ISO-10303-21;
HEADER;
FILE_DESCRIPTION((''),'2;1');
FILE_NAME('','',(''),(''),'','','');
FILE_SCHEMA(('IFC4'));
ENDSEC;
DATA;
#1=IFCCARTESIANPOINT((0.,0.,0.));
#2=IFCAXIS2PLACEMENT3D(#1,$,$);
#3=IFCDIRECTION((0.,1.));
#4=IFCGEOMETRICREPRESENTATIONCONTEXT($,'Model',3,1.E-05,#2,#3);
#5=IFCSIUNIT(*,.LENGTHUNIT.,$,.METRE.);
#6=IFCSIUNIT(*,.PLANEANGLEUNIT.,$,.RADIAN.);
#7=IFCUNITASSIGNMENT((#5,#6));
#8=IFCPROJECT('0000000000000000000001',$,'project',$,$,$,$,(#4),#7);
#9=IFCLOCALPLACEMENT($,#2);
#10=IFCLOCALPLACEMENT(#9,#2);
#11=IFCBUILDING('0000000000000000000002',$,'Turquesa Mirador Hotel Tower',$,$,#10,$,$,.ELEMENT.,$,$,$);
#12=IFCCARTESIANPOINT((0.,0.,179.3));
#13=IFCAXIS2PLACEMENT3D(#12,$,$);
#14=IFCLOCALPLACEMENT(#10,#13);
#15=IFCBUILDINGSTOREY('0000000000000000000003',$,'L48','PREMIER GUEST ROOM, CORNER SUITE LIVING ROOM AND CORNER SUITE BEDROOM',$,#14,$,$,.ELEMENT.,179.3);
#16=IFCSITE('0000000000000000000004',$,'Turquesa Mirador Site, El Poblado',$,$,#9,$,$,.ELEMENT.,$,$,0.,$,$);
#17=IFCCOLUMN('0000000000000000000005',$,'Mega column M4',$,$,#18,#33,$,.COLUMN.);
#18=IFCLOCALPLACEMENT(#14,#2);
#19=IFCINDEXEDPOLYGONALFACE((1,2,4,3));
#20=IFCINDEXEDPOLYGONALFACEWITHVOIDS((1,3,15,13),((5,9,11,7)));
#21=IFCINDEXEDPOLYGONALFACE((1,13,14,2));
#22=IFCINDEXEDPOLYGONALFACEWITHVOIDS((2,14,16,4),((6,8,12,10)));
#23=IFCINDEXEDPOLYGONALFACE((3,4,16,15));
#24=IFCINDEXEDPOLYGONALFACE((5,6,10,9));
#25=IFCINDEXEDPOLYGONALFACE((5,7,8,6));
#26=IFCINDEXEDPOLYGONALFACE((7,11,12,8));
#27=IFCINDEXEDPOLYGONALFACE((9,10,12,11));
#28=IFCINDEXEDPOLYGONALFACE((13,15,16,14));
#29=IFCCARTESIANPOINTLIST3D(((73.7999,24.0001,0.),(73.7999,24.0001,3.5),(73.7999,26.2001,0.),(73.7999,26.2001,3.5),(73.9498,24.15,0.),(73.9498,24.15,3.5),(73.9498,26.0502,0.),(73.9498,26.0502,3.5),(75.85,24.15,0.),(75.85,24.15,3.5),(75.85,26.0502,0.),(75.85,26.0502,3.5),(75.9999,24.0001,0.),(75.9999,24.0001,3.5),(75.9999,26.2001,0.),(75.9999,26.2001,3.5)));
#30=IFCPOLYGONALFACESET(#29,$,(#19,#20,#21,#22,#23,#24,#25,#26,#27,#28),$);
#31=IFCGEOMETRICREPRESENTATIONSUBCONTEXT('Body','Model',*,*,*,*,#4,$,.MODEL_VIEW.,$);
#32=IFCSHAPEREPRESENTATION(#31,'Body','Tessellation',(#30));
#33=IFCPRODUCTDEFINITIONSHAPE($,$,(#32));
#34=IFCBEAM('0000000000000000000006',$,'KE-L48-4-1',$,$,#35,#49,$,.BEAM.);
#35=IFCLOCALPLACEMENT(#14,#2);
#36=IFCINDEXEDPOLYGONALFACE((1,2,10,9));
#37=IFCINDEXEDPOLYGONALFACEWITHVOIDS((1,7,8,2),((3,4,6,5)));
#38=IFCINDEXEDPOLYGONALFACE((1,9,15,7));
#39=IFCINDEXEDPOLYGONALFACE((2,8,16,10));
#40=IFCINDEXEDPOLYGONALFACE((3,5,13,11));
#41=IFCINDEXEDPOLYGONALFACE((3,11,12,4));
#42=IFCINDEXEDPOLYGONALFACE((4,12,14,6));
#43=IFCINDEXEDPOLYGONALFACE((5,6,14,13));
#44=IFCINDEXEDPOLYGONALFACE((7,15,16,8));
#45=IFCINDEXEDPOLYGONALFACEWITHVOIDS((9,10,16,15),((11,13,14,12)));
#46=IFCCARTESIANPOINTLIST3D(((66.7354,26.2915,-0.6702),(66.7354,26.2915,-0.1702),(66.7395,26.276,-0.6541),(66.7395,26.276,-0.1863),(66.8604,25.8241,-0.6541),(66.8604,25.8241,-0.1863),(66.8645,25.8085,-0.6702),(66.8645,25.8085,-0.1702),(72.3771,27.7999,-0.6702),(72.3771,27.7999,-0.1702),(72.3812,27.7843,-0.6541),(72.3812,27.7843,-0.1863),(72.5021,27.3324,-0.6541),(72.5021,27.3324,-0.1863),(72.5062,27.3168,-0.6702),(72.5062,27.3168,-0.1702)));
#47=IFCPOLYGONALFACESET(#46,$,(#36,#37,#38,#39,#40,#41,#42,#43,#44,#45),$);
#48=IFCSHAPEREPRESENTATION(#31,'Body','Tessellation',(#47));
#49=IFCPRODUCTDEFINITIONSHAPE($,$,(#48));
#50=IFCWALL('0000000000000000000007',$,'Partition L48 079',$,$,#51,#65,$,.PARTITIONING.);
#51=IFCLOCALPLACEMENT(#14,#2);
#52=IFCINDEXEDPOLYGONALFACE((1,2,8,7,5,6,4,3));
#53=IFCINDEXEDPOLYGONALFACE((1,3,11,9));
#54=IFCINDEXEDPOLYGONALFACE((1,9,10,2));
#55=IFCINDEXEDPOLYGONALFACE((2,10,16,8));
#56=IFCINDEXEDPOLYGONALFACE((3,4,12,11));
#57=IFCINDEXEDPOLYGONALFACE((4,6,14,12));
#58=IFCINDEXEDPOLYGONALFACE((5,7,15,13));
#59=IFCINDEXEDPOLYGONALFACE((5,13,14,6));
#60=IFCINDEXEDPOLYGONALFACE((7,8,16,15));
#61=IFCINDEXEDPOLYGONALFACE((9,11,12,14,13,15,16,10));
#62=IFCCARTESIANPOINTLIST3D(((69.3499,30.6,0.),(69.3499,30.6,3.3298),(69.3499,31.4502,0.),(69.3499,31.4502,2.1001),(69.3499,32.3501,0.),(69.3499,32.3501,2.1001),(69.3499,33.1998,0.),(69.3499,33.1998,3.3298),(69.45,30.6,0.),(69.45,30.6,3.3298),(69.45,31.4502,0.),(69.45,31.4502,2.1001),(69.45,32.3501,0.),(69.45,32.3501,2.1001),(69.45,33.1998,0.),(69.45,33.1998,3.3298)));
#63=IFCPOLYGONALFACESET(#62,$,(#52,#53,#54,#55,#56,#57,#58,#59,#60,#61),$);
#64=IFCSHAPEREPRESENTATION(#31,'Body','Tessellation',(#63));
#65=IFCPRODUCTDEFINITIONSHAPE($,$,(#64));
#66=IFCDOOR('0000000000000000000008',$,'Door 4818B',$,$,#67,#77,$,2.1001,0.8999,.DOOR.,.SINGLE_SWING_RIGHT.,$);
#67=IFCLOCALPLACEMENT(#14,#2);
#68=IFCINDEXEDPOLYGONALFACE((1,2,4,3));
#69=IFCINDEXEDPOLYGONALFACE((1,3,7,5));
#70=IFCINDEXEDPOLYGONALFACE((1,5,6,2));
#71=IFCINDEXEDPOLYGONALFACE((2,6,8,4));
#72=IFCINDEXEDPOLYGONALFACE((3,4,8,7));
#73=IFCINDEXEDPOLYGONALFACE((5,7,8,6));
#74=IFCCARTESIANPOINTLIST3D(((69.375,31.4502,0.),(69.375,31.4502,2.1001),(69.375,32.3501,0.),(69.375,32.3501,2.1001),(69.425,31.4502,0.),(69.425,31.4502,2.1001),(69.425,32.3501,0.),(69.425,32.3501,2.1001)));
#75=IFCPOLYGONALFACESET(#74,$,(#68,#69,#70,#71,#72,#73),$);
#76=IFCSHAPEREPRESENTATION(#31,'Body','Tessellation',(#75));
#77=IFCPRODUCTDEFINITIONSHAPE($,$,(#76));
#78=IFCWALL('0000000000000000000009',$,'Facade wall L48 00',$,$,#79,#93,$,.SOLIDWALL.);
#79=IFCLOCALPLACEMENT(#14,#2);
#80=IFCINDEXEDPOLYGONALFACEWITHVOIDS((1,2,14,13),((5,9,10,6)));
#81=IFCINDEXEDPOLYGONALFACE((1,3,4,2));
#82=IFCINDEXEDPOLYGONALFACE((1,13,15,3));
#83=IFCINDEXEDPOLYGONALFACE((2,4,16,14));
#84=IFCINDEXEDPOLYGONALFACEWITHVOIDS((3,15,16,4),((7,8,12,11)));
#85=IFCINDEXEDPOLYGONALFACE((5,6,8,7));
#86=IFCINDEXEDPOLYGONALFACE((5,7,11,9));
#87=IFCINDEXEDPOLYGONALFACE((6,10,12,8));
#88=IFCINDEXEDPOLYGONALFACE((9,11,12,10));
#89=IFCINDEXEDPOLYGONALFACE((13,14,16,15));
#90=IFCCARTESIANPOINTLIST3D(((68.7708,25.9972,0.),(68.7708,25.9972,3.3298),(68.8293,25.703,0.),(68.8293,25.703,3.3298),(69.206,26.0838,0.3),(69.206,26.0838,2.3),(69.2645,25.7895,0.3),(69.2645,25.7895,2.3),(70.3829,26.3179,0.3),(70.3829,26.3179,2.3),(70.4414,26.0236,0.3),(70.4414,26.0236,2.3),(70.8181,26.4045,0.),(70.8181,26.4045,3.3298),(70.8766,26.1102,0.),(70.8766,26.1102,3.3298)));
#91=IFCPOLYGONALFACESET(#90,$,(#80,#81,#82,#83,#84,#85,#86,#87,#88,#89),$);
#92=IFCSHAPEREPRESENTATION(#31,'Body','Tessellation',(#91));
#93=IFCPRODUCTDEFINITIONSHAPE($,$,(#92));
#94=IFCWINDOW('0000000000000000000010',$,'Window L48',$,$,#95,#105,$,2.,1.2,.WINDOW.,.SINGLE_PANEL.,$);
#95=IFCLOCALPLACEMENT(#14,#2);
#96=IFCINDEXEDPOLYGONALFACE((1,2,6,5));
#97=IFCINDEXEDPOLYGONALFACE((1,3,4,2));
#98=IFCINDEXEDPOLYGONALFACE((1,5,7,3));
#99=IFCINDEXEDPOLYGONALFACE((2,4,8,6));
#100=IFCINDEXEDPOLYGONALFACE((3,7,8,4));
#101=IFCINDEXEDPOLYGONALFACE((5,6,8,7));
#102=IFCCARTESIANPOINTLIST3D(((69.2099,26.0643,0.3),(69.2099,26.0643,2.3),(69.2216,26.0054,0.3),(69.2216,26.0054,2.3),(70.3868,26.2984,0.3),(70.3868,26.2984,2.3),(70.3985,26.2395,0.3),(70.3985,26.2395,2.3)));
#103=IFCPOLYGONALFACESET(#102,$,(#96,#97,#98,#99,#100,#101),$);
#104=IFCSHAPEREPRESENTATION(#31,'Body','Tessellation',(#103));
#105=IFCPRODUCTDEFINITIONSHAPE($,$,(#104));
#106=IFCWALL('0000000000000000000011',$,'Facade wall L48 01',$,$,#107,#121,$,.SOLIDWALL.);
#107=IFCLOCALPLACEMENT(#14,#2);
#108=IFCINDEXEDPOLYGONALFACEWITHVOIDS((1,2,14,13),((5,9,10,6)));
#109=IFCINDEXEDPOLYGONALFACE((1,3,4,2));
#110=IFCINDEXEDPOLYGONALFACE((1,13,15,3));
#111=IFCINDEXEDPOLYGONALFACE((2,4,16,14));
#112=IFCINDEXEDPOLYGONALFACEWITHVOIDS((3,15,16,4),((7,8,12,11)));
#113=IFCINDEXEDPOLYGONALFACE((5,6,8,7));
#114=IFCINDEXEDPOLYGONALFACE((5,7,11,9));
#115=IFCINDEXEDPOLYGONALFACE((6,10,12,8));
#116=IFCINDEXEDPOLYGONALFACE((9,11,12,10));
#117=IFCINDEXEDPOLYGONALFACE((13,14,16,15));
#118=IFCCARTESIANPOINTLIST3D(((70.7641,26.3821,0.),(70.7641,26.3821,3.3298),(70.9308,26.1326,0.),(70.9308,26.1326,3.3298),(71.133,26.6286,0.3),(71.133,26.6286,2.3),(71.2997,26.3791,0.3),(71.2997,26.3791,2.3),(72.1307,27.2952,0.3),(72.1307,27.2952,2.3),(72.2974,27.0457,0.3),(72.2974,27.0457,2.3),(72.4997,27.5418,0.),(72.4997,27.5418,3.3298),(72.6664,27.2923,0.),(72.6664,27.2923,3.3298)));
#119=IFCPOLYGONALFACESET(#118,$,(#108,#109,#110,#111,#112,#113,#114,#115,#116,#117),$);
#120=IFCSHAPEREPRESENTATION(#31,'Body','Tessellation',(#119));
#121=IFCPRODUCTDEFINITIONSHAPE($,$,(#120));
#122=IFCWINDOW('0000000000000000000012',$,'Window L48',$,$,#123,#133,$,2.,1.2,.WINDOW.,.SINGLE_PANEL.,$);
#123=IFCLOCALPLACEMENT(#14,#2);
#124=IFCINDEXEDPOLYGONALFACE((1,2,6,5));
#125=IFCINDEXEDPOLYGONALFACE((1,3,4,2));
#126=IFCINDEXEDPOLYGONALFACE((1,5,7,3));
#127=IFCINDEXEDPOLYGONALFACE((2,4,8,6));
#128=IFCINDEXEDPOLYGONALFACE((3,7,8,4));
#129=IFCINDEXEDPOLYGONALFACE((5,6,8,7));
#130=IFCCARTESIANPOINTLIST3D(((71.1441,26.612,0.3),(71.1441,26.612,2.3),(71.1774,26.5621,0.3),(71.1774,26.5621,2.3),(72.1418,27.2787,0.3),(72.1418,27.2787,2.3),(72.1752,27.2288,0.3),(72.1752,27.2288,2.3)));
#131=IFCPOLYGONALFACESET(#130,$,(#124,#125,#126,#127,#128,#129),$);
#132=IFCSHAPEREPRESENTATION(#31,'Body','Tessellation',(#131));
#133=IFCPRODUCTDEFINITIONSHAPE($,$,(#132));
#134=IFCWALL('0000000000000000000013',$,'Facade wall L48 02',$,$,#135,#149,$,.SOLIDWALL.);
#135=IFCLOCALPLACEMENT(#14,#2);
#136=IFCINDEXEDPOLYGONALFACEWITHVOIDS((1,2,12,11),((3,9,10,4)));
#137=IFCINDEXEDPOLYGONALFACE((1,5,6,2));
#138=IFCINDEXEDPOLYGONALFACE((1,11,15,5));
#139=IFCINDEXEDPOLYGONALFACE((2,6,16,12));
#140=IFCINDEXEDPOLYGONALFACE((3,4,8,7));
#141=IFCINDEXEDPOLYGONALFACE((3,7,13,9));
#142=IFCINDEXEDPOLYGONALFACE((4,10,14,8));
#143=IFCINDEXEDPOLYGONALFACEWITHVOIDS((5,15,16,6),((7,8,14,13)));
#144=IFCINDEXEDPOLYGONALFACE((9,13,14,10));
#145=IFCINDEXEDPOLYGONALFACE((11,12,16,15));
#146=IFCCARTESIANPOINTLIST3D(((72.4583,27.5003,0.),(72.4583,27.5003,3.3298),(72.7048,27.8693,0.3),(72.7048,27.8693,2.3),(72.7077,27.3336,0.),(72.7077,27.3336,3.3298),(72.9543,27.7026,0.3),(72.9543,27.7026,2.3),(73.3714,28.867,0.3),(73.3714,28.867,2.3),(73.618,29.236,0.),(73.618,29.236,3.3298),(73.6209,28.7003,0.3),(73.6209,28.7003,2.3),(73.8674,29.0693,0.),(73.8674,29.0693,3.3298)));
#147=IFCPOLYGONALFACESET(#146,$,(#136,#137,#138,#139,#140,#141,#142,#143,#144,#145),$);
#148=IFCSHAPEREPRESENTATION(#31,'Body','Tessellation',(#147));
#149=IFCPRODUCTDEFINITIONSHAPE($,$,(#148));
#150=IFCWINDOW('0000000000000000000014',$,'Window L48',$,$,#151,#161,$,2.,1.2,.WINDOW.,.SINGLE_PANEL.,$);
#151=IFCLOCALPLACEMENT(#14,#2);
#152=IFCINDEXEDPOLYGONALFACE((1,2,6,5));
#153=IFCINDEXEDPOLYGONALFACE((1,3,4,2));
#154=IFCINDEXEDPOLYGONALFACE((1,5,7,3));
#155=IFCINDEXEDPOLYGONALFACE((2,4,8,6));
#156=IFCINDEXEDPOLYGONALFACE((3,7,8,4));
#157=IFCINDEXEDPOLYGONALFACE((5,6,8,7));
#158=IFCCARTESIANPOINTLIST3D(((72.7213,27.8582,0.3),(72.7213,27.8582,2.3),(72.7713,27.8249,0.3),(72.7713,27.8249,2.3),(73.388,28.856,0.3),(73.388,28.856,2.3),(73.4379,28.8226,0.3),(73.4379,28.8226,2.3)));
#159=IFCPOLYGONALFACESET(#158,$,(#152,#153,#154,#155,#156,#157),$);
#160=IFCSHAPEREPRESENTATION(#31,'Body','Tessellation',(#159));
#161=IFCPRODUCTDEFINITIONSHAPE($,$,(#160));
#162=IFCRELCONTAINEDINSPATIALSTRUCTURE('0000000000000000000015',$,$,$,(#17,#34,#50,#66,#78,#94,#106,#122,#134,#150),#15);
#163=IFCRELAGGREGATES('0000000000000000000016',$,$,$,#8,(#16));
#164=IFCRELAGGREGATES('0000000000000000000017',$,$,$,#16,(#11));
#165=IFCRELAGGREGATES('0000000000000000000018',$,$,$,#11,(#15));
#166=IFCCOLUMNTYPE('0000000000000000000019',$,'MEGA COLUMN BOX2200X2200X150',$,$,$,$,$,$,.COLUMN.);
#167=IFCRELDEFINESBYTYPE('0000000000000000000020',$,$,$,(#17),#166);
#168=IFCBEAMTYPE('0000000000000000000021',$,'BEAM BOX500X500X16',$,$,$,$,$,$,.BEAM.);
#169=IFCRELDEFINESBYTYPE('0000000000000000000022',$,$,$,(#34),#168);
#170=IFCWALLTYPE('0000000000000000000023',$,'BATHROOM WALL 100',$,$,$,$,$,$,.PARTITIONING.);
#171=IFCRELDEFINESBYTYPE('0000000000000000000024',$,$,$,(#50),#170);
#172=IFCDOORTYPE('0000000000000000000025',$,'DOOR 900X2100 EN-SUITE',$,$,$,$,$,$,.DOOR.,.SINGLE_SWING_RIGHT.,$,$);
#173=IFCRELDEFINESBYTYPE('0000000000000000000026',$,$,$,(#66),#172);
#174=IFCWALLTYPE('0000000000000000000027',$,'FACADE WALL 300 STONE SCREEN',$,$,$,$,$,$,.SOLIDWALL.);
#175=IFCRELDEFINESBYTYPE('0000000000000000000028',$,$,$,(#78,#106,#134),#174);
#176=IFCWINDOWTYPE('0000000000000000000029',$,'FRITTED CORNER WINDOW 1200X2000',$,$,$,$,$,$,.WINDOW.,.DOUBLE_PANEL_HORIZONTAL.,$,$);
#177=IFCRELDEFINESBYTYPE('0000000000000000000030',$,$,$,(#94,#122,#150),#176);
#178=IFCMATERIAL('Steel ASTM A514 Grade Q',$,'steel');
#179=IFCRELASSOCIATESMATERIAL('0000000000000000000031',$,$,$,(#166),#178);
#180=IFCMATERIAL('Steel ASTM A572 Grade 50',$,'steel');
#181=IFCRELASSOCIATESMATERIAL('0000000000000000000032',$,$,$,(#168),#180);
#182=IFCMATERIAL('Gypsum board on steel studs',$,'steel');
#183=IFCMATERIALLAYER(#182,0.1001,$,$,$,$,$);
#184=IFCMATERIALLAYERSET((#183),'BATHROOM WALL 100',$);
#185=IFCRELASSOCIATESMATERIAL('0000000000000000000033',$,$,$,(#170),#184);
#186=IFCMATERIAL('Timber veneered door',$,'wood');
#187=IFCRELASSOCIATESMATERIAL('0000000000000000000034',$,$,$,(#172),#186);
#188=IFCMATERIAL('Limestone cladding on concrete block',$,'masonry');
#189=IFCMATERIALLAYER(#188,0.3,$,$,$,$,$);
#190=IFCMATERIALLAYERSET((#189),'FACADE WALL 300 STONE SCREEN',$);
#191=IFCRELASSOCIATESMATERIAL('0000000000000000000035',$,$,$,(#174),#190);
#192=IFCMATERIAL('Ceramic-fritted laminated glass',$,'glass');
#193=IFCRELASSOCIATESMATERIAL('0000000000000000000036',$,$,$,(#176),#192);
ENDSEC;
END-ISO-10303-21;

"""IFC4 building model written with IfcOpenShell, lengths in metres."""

from ifc_helpers import new_model, si_unit, direction, frame, frame_2d, origin, origin_2d, place, context, subcontext, project, spatial, rectangle, hollow_rectangle, extrude, material, layer, layer_set, material_profile, profile_set, type_object, element, fill, save


model = new_model("IFC4")

# Units and contexts
model_context = context("Model", 3, precision=1e-05, world=origin(), true_north=direction((0.0, 1.0)))
body_context = subcontext(model_context, "Body", "Model", "MODEL_VIEW")
ifc_project = project(units=[si_unit("LENGTHUNIT", "METRE"), si_unit("PLANEANGLEUNIT", "RADIAN")], contexts=[model_context])

# Site, building, storey
site_placement = place(None, origin())
site = spatial("IfcSite", under=ifc_project, at=site_placement, Name="Turquesa Mirador Site, El Poblado", CompositionType="ELEMENT", RefElevation=0.0)
building_placement = place(site_placement, origin())
building = spatial("IfcBuilding", under=site, at=building_placement, Name="Turquesa Mirador Hotel Tower", CompositionType="ELEMENT")
storey_placement = place(building_placement, frame((0.0, 0.0, 179.3)))
storey = spatial("IfcBuildingStorey", under=building, at=storey_placement, Name="L48", Description="PREMIER GUEST ROOM, CORNER SUITE LIVING ROOM AND CORNER SUITE BEDROOM", CompositionType="ELEMENT", Elevation=179.3)

# Column
ifc_material_1 = material(Name="Steel ASTM A514 Grade Q", Category="steel")
ifc_material_profile_1 = material_profile(ifc_material_1, hollow_rectangle(XDim=2.2, YDim=2.2, WallThickness=0.1499, at=origin_2d()), Name="BOX2200X2200X150")
ifc_profile_set_1 = profile_set([ifc_material_profile_1], Name="Steel ASTM A514 Grade Q")
column_type = type_object("IfcColumnType", Name="MEGA COLUMN BOX2200X2200X150", PredefinedType="COLUMN", material=ifc_profile_set_1)
column_placement = place(storey_placement, frame((74.8999, 25.1001, 0.0), z_axis=(0.0, 0.0, 1.0), x_axis=(1.0, 0.0, 0.0)))
element("IfcColumn", 1, at=column_placement, inside=storey, type_object=column_type, Name="Mega column M4", PredefinedType="COLUMN", context=body_context, shape_type="SweptSolid", body=[
    extrude(hollow_rectangle(XDim=2.2, YDim=2.2, WallThickness=0.1499, at=origin_2d()), origin(), (0.0, 0.0, 1.0), 3.5),
])

# Beam
ifc_material_2 = material(Name="Steel ASTM A572 Grade 50", Category="steel")
ifc_material_profile_2 = material_profile(ifc_material_2, hollow_rectangle(XDim=0.5, YDim=0.5, WallThickness=0.0161, at=origin_2d()), Name="BOX500X500X16")
ifc_profile_set_2 = profile_set([ifc_material_profile_2], Name="Steel ASTM A572 Grade 50")
beam_type = type_object("IfcBeamType", Name="BEAM BOX500X500X16", PredefinedType="BEAM", material=ifc_profile_set_2)
beam_placement = place(storey_placement, frame((72.4417, 27.5583, -0.4202), z_axis=(-0.96607, -0.258282, 0.0), x_axis=(0.258282, -0.96607, 0.0)))
element("IfcBeam", 2, at=beam_placement, inside=storey, type_object=beam_type, Name="KE-L48-4-1", PredefinedType="BEAM", context=body_context, shape_type="SweptSolid", body=[
    extrude(hollow_rectangle(XDim=0.5, YDim=0.5, WallThickness=0.0161, at=origin_2d()), origin(), (0.0, 0.0, 1.0), 5.8398),
])

# Wall, opening, door
ifc_material_3 = material(Name="Gypsum board on steel studs", Category="steel")
ifc_layer_1 = layer(ifc_material_3, 0.1001)
ifc_layer_set_1 = layer_set([ifc_layer_1], Name="BATHROOM WALL 100")
wall_type_1 = type_object("IfcWallType", Name="BATHROOM WALL 100", PredefinedType="PARTITIONING", material=ifc_layer_set_1)
wall_1_placement = place(storey_placement, frame((69.3999, 30.6001, 0.0), z_axis=(0.0, 0.0, 1.0), x_axis=(0.0, 1.0, 0.0)))
wall_1 = element("IfcWall", 3, at=wall_1_placement, inside=storey, type_object=wall_type_1, Name="Partition L48 079", PredefinedType="PARTITIONING", context=body_context, shape_type="SweptSolid", body=[
    extrude(rectangle(XDim=2.5999, YDim=0.1001, at=frame_2d((1.2998, 0.0))), origin(), (0.0, 0.0, 1.0), 3.3298),
])
opening_1_placement = place(wall_1_placement, frame((0.8501, 0.0, 0.0)))
opening_1 = element("IfcOpeningElement", 4, at=opening_1_placement, cuts=wall_1, PredefinedType="OPENING", context=body_context, shape_type="SweptSolid", body=[
    extrude(rectangle(XDim=0.8999, YDim=2.1001, at=frame_2d((0.45, 1.05))), frame((0.0, 0.0601, 0.0), z_axis=(0.0, -1.0, 0.0), x_axis=(1.0, 0.0, 0.0)), (0.0, 0.0, 1.0), 0.1201),
])
ifc_material_4 = material(Name="Timber veneered door", Category="wood")
door_type = type_object("IfcDoorType", Name="DOOR 900X2100 EN-SUITE", OperationType="SINGLE_SWING_RIGHT", PredefinedType="DOOR", material=ifc_material_4)
door_placement = place(opening_1_placement, origin())
door = element("IfcDoor", 5, at=door_placement, inside=storey, type_object=door_type, Name="Door 4818B", OperationType="SINGLE_SWING_RIGHT", OverallHeight=2.1001, OverallWidth=0.8999, PredefinedType="DOOR", context=body_context, shape_type="SweptSolid", body=[
    extrude(rectangle(XDim=0.8999, YDim=2.1001, at=frame_2d((0.45, 1.05))), frame((0.0, 0.0249, 0.0), z_axis=(0.0, -1.0, 0.0), x_axis=(1.0, 0.0, 0.0)), (0.0, 0.0, 1.0), 0.05),
])
fill(opening_1, door)

# Walls, openings, windows
ifc_material_5 = material(Name="Limestone cladding on concrete block", Category="masonry")
ifc_layer_2 = layer(ifc_material_5, 0.3)
ifc_layer_set_2 = layer_set([ifc_layer_2], Name="FACADE WALL 300 STONE SCREEN")
wall_type_2 = type_object("IfcWallType", Name="FACADE WALL 300 STONE SCREEN", PredefinedType="SOLIDWALL", material=ifc_layer_set_2)
wall_2_placement = place(storey_placement, frame((68.8, 25.8501, 0.0), z_axis=(0.0, 0.0, 1.0), x_axis=(0.980787, 0.195081, 0.0)))
wall_2 = element("IfcWall", 6, at=wall_2_placement, inside=storey, type_object=wall_type_2, Name="Facade wall L48 00", PredefinedType="SOLIDWALL", context=body_context, shape_type="SweptSolid", body=[
    extrude(rectangle(XDim=2.0874, YDim=0.3, at=frame_2d((1.0437, 0.0))), origin(), (0.0, 0.0, 1.0), 3.3298),
])
opening_2_placement = place(wall_2_placement, frame((0.4436, 0.0, 0.3)))
opening_2 = element("IfcOpeningElement", 7, at=opening_2_placement, cuts=wall_2, PredefinedType="OPENING", context=body_context, shape_type="SweptSolid", body=[
    extrude(rectangle(XDim=1.2, YDim=2.0, at=frame_2d((0.6001, 1.0))), frame((0.0, 0.1599, 0.0), z_axis=(0.0, -1.0, 0.0), x_axis=(1.0, 0.0, 0.0)), (0.0, 0.0, 1.0), 0.3201),
])
ifc_material_6 = material(Name="Ceramic-fritted laminated glass", Category="glass")
window_type_1 = type_object("IfcWindowType", Name="FRITTED CORNER WINDOW 1200X2000", PartitioningType="DOUBLE_PANEL_HORIZONTAL", PredefinedType="WINDOW", material=ifc_material_6)
window_1_placement = place(opening_2_placement, origin())
window_1 = element("IfcWindow", 8, at=window_1_placement, inside=storey, type_object=window_type_1, Name="Window L48", OverallHeight=2.0, OverallWidth=1.2, PartitioningType="SINGLE_PANEL", PredefinedType="WINDOW", context=body_context, shape_type="SweptSolid", body=[
    extrude(rectangle(XDim=1.2, YDim=2.0, at=frame_2d((0.6001, 1.0))), frame((0.0, 0.1301, 0.0), z_axis=(0.0, -1.0, 0.0), x_axis=(1.0, 0.0, 0.0)), (0.0, 0.0, 1.0), 0.0601),
])
fill(opening_2, window_1)
wall_3_placement = place(storey_placement, frame((70.8474, 26.2573, 0.0), z_axis=(0.0, 0.0, 1.0), x_axis=(0.831474, 0.555564, 0.0)))
wall_3 = element("IfcWall", 9, at=wall_3_placement, inside=storey, type_object=wall_type_2, Name="Facade wall L48 01", PredefinedType="SOLIDWALL", context=body_context, shape_type="SweptSolid", body=[
    extrude(rectangle(XDim=2.0874, YDim=0.3, at=frame_2d((1.0437, 0.0))), origin(), (0.0, 0.0, 1.0), 3.3298),
])
opening_3_placement = place(wall_3_placement, frame((0.4436, 0.0, 0.3)))
opening_3 = element("IfcOpeningElement", 10, at=opening_3_placement, cuts=wall_3, PredefinedType="OPENING", context=body_context, shape_type="SweptSolid", body=[
    extrude(rectangle(XDim=1.2, YDim=2.0, at=frame_2d((0.6001, 1.0))), frame((0.0, 0.1599, 0.0), z_axis=(0.0, -1.0, 0.0), x_axis=(1.0, 0.0, 0.0)), (0.0, 0.0, 1.0), 0.3201),
])
window_2_placement = place(opening_3_placement, origin())
window_2 = element("IfcWindow", 11, at=window_2_placement, inside=storey, type_object=window_type_1, Name="Window L48", OverallHeight=2.0, OverallWidth=1.2, PartitioningType="SINGLE_PANEL", PredefinedType="WINDOW", context=body_context, shape_type="SweptSolid", body=[
    extrude(rectangle(XDim=1.2, YDim=2.0, at=frame_2d((0.6001, 1.0))), frame((0.0, 0.1301, 0.0), z_axis=(0.0, -1.0, 0.0), x_axis=(1.0, 0.0, 0.0)), (0.0, 0.0, 1.0), 0.0601),
])
fill(opening_3, window_2)
wall_4_placement = place(storey_placement, frame((72.583, 27.417, 0.0), z_axis=(0.0, 0.0, 1.0), x_axis=(0.555564, 0.831474, 0.0)))
wall_4 = element("IfcWall", 12, at=wall_4_placement, inside=storey, type_object=wall_type_2, Name="Facade wall L48 02", PredefinedType="SOLIDWALL", context=body_context, shape_type="SweptSolid", body=[
    extrude(rectangle(XDim=2.0874, YDim=0.3, at=frame_2d((1.0437, 0.0))), origin(), (0.0, 0.0, 1.0), 3.3298),
])
opening_4_placement = place(wall_4_placement, frame((0.4436, 0.0, 0.3)))
opening_4 = element("IfcOpeningElement", 13, at=opening_4_placement, cuts=wall_4, PredefinedType="OPENING", context=body_context, shape_type="SweptSolid", body=[
    extrude(rectangle(XDim=1.2, YDim=2.0, at=frame_2d((0.6001, 1.0))), frame((0.0, 0.1599, 0.0), z_axis=(0.0, -1.0, 0.0), x_axis=(1.0, 0.0, 0.0)), (0.0, 0.0, 1.0), 0.3201),
])
window_3_placement = place(opening_4_placement, origin())
window_3 = element("IfcWindow", 14, at=window_3_placement, inside=storey, type_object=window_type_1, Name="Window L48", OverallHeight=2.0, OverallWidth=1.2, PartitioningType="SINGLE_PANEL", PredefinedType="WINDOW", context=body_context, shape_type="SweptSolid", body=[
    extrude(rectangle(XDim=1.2, YDim=2.0, at=frame_2d((0.6001, 1.0))), frame((0.0, 0.1301, 0.0), z_axis=(0.0, -1.0, 0.0), x_axis=(1.0, 0.0, 0.0)), (0.0, 0.0, 1.0), 0.0601),
])
fill(opening_4, window_3)

save(model, "model.ifc")
